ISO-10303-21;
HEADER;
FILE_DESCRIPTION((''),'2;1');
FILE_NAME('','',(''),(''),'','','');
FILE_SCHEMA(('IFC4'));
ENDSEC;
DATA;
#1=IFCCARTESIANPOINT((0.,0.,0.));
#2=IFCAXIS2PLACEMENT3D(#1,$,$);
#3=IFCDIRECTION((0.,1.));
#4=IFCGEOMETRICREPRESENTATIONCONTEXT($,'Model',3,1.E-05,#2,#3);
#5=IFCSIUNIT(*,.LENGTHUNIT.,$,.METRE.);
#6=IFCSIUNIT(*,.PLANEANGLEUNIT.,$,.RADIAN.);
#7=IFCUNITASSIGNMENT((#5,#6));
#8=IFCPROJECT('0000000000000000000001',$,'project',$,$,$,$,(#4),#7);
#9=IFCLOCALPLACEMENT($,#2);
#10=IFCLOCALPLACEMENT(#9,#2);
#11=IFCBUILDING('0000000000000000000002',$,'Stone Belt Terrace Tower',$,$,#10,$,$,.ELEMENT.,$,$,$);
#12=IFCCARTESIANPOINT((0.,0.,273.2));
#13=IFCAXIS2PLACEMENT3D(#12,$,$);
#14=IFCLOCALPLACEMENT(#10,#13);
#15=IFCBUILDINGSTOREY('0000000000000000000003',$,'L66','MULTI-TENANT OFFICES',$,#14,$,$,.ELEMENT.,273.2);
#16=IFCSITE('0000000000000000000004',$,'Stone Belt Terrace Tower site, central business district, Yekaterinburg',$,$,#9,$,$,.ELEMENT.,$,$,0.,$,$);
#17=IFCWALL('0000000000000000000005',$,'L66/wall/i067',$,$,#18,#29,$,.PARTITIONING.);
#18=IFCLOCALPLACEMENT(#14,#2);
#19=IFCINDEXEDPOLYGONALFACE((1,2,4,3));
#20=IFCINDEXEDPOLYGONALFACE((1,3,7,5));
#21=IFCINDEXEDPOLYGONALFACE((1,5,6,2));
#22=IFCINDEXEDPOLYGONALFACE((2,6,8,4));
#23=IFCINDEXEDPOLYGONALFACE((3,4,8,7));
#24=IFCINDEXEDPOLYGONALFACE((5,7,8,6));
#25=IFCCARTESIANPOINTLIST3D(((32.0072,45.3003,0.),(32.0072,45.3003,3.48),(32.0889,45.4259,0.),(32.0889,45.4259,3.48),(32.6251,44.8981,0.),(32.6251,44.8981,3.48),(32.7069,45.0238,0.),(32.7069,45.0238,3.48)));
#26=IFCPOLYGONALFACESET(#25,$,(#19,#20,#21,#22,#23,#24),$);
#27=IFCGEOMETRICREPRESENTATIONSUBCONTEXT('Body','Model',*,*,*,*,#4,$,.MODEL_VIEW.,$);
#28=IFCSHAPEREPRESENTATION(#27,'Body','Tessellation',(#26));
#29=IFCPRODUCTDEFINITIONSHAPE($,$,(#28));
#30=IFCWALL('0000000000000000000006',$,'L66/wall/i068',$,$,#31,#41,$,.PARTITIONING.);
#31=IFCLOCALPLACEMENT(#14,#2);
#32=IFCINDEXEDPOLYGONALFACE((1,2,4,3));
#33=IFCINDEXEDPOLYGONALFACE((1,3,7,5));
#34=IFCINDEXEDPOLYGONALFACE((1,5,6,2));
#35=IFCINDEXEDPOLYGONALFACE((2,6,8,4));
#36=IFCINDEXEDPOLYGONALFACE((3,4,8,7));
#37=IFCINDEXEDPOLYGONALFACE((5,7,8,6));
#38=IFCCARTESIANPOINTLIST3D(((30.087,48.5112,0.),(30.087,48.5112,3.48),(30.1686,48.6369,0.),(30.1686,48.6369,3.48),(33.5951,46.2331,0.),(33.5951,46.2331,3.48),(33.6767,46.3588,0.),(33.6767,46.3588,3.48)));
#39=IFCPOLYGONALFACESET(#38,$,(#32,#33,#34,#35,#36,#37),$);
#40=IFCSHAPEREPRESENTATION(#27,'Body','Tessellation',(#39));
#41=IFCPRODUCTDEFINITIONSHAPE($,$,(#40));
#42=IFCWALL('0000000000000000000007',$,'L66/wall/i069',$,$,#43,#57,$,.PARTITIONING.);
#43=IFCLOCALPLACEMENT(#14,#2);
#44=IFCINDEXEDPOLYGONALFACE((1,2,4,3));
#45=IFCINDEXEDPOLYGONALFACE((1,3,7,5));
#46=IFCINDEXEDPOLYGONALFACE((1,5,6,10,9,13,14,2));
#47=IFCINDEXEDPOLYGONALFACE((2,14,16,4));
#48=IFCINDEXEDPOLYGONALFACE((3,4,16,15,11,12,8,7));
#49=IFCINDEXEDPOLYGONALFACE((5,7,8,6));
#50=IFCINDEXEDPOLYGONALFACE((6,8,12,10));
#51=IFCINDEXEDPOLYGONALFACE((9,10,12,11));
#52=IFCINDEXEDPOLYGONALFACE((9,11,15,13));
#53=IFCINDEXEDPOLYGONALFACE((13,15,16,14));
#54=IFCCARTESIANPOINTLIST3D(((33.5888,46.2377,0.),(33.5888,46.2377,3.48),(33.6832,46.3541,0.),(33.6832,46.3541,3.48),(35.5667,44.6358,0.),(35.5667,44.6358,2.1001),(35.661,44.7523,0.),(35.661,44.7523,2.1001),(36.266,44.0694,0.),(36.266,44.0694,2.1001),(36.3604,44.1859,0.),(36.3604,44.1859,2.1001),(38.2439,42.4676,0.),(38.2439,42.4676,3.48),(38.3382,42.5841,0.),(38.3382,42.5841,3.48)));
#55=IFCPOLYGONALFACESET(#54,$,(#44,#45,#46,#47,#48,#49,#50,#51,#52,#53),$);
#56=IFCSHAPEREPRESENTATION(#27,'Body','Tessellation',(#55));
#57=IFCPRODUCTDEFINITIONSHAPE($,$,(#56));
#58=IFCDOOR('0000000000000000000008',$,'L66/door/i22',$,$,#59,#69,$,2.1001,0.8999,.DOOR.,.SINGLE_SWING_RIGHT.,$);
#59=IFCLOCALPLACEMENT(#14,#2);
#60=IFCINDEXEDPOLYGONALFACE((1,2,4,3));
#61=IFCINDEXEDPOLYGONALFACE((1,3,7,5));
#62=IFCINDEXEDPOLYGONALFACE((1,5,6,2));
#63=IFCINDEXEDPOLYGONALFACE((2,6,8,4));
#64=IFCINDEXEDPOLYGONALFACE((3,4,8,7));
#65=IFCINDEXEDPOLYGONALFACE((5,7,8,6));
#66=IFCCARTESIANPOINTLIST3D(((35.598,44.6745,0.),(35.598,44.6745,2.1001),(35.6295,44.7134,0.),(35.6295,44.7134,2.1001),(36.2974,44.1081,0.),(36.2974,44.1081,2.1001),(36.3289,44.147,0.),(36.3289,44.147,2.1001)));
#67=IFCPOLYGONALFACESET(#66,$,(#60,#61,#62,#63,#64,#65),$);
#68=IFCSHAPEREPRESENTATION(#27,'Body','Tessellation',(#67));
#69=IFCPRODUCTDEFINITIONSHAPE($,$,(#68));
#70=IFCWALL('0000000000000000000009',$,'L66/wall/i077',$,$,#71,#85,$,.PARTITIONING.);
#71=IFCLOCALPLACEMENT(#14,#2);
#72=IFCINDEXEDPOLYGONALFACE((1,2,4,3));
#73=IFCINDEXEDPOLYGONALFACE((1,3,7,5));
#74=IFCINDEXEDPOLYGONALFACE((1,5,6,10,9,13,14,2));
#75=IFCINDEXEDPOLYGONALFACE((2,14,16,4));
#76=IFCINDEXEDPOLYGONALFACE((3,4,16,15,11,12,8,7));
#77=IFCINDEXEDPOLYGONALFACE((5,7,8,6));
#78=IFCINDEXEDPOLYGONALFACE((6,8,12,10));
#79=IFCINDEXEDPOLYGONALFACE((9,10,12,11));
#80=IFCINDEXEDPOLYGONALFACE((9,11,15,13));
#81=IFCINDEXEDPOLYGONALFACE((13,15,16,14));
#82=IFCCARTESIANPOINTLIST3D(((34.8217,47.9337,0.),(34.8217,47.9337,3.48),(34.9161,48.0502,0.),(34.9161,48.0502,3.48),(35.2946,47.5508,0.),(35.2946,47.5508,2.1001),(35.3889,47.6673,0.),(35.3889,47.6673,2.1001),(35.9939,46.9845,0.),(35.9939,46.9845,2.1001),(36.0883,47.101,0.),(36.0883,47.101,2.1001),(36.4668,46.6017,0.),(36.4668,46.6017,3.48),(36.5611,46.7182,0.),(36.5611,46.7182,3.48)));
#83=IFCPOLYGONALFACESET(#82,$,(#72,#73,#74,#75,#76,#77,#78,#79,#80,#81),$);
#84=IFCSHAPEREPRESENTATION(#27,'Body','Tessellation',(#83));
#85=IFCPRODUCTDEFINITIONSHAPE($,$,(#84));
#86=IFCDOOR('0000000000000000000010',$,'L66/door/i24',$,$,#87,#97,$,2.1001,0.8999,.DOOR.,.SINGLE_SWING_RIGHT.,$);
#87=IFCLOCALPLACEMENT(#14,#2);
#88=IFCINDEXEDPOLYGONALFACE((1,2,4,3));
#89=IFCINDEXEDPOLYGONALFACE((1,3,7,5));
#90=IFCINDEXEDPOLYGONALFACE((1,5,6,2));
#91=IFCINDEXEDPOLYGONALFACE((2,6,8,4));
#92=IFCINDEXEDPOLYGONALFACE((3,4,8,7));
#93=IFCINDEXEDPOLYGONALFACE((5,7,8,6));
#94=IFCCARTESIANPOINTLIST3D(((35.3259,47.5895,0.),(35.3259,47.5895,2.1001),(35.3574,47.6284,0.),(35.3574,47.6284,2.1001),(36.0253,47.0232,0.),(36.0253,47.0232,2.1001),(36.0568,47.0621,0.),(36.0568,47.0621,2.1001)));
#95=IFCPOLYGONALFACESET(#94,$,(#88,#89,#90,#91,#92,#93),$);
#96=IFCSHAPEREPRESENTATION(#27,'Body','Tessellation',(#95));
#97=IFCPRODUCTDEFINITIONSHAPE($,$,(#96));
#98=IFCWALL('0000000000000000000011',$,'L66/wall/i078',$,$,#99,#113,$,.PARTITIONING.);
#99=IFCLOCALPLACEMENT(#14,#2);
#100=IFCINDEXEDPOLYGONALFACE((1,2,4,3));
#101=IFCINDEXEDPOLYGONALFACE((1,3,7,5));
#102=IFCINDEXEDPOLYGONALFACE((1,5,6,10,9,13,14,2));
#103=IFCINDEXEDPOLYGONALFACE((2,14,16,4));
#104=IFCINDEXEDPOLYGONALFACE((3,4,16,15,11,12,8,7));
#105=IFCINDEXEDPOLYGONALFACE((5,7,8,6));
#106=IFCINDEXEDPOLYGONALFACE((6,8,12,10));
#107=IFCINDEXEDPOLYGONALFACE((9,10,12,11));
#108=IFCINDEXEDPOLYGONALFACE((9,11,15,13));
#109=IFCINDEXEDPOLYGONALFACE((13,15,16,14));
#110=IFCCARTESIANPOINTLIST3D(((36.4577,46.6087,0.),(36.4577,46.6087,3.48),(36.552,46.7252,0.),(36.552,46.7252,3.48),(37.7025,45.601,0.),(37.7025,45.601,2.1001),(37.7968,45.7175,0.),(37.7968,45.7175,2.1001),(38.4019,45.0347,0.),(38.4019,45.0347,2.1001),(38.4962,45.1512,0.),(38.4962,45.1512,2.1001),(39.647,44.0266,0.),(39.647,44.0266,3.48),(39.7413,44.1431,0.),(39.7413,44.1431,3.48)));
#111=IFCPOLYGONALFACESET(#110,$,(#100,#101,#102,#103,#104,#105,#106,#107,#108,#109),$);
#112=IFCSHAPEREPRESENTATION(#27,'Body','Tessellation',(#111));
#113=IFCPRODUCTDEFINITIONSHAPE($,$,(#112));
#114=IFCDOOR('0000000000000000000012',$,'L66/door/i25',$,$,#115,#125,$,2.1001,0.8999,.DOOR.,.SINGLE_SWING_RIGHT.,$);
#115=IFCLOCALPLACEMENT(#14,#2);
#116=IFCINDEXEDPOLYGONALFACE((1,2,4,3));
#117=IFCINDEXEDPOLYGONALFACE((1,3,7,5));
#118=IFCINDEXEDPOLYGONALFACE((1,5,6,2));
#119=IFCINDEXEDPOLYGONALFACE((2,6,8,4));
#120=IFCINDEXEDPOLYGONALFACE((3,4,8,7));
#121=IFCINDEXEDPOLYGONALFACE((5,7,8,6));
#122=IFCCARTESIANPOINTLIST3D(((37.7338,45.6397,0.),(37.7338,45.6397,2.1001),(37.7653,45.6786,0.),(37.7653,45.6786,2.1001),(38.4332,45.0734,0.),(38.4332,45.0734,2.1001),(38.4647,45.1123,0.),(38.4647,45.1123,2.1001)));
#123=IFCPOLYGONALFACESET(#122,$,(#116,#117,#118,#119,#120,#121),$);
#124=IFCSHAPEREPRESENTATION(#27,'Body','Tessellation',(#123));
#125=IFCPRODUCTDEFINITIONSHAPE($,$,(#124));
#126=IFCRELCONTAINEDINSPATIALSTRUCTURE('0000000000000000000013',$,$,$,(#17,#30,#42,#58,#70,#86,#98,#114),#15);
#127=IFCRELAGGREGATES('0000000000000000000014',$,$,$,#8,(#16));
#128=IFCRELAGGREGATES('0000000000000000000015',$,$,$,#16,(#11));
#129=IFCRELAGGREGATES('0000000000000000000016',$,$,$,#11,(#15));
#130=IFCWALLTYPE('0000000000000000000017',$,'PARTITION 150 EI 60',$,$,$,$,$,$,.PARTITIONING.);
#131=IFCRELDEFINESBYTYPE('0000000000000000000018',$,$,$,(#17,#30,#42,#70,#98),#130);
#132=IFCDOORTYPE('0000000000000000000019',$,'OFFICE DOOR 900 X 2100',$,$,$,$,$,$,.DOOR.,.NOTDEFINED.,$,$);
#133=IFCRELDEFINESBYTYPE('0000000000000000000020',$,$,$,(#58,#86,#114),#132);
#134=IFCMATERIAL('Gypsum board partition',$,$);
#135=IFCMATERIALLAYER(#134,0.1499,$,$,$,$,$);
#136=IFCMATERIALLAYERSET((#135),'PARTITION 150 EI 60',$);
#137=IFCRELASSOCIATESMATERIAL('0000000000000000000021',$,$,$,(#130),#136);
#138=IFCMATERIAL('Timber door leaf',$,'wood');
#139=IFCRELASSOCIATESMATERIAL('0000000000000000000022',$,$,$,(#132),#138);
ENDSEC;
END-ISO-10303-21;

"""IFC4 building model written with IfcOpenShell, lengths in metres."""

from ifc_helpers import new_model, si_unit, direction, frame, frame_2d, origin, place, context, subcontext, project, spatial, rectangle, extrude, material, layer, layer_set, type_object, element, fill, save


model = new_model("IFC4")

# Units and contexts
model_context = context("Model", 3, precision=1e-05, world=origin(), true_north=direction((0.0, 1.0)))
body_context = subcontext(model_context, "Body", "Model", "MODEL_VIEW")
ifc_project = project(units=[si_unit("LENGTHUNIT", "METRE"), si_unit("PLANEANGLEUNIT", "RADIAN")], contexts=[model_context])

# Site, building, storey
site_placement = place(None, origin())
site = spatial("IfcSite", under=ifc_project, at=site_placement, Name="Stone Belt Terrace Tower site, central business district, Yekaterinburg", CompositionType="ELEMENT", RefElevation=0.0)
building_placement = place(site_placement, origin())
building = spatial("IfcBuilding", under=site, at=building_placement, Name="Stone Belt Terrace Tower", CompositionType="ELEMENT")
storey_placement = place(building_placement, frame((0.0, 0.0, 273.2)))
storey = spatial("IfcBuildingStorey", under=building, at=storey_placement, Name="L66", Description="MULTI-TENANT OFFICES", CompositionType="ELEMENT", Elevation=273.2)

# Walls
ifc_material_1 = material(Name="Gypsum board partition")
ifc_layer_1 = layer(ifc_material_1, 0.1499)
ifc_layer_set_1 = layer_set([ifc_layer_1], Name="PARTITION 150 EI 60")
wall_type_1 = type_object("IfcWallType", Name="PARTITION 150 EI 60", PredefinedType="PARTITIONING", material=ifc_layer_set_1)
wall_1_placement = place(storey_placement, frame((32.666, 44.9609, 0.0), z_axis=(0.0, 0.0, 1.0), x_axis=(-0.838164, 0.545419, 0.0)))
element("IfcWall", 1, at=wall_1_placement, inside=storey, type_object=wall_type_1, Name="L66/wall/i067", PredefinedType="PARTITIONING", context=body_context, shape_type="SweptSolid", body=[
    extrude(rectangle(XDim=0.7373, YDim=0.1499, at=frame_2d((0.3687, 0.0))), origin(), (0.0, 0.0, 1.0), 3.48),
])
wall_2_placement = place(storey_placement, frame((30.1279, 48.574, 0.0), z_axis=(0.0, 0.0, 1.0), x_axis=(0.83868, -0.544625, 0.0)))
element("IfcWall", 2, at=wall_2_placement, inside=storey, type_object=wall_type_1, Name="L66/wall/i068", PredefinedType="PARTITIONING", context=body_context, shape_type="SweptSolid", body=[
    extrude(rectangle(XDim=4.1829, YDim=0.1499, at=frame_2d((2.0913, 0.0))), origin(), (0.0, 0.0, 1.0), 3.48),
])

# Walls, openings, doors
wall_3_placement = place(storey_placement, frame((33.636, 46.2959, 0.0), z_axis=(0.0, 0.0, 1.0), x_axis=(0.777109, -0.629366, 0.0)))
wall_3 = element("IfcWall", 3, at=wall_3_placement, inside=storey, type_object=wall_type_1, Name="L66/wall/i069", PredefinedType="PARTITIONING", context=body_context, shape_type="SweptSolid", body=[
    extrude(rectangle(XDim=5.9902, YDim=0.1499, at=frame_2d((2.9951, 0.0))), origin(), (0.0, 0.0, 1.0), 3.48),
])
opening_1_placement = place(wall_3_placement, frame((2.5452, 0.0, 0.0)))
opening_1 = element("IfcOpeningElement", 4, at=opening_1_placement, cuts=wall_3, PredefinedType="OPENING", context=body_context, shape_type="SweptSolid", body=[
    extrude(rectangle(XDim=0.8999, YDim=2.1001, at=frame_2d((0.45, 1.05))), frame((0.0, 0.085, 0.0), z_axis=(0.0, -1.0, 0.0), x_axis=(1.0, 0.0, 0.0)), (0.0, 0.0, 1.0), 0.1699),
])
ifc_material_2 = material(Name="Timber door leaf", Category="wood")
door_type = type_object("IfcDoorType", Name="OFFICE DOOR 900 X 2100", OperationType="NOTDEFINED", PredefinedType="DOOR", material=ifc_material_2)
door_1_placement = place(opening_1_placement, origin())
door_1 = element("IfcDoor", 5, at=door_1_placement, inside=storey, type_object=door_type, Name="L66/door/i22", OperationType="SINGLE_SWING_RIGHT", OverallHeight=2.1001, OverallWidth=0.8999, PredefinedType="DOOR", context=body_context, shape_type="SweptSolid", body=[
    extrude(rectangle(XDim=0.8999, YDim=2.1001, at=frame_2d((0.45, 1.05))), frame((0.0, 0.0249, 0.0), z_axis=(0.0, -1.0, 0.0), x_axis=(1.0, 0.0, 0.0)), (0.0, 0.0, 1.0), 0.05),
])
fill(opening_1, door_1)
wall_4_placement = place(storey_placement, frame((34.8689, 47.9919, 0.0), z_axis=(0.0, 0.0, 1.0), x_axis=(0.777164, -0.629298, 0.0)))
wall_4 = element("IfcWall", 6, at=wall_4_placement, inside=storey, type_object=wall_type_1, Name="L66/wall/i077", PredefinedType="PARTITIONING", context=body_context, shape_type="SweptSolid", body=[
    extrude(rectangle(XDim=2.1167, YDim=0.1499, at=frame_2d((1.0583, 0.0))), origin(), (0.0, 0.0, 1.0), 3.48),
])
opening_2_placement = place(wall_4_placement, frame((0.6084, 0.0, 0.0)))
opening_2 = element("IfcOpeningElement", 7, at=opening_2_placement, cuts=wall_4, PredefinedType="OPENING", context=body_context, shape_type="SweptSolid", body=[
    extrude(rectangle(XDim=0.8999, YDim=2.1001, at=frame_2d((0.45, 1.05))), frame((0.0, 0.085, 0.0), z_axis=(0.0, -1.0, 0.0), x_axis=(1.0, 0.0, 0.0)), (0.0, 0.0, 1.0), 0.1699),
])
door_2_placement = place(opening_2_placement, origin())
door_2 = element("IfcDoor", 8, at=door_2_placement, inside=storey, type_object=door_type, Name="L66/door/i24", OperationType="SINGLE_SWING_RIGHT", OverallHeight=2.1001, OverallWidth=0.8999, PredefinedType="DOOR", context=body_context, shape_type="SweptSolid", body=[
    extrude(rectangle(XDim=0.8999, YDim=2.1001, at=frame_2d((0.45, 1.05))), frame((0.0, 0.0249, 0.0), z_axis=(0.0, -1.0, 0.0), x_axis=(1.0, 0.0, 0.0)), (0.0, 0.0, 1.0), 0.05),
])
fill(opening_2, door_2)
wall_5_placement = place(storey_placement, frame((36.5049, 46.667, 0.0), z_axis=(0.0, 0.0, 1.0), x_axis=(0.77721, -0.629241, 0.0)))
wall_5 = element("IfcWall", 9, at=wall_5_placement, inside=storey, type_object=wall_type_1, Name="L66/wall/i078", PredefinedType="PARTITIONING", context=body_context, shape_type="SweptSolid", body=[
    extrude(rectangle(XDim=4.1035, YDim=0.1499, at=frame_2d((2.0518, 0.0))), origin(), (0.0, 0.0, 1.0), 3.48),
])
opening_3_placement = place(wall_5_placement, frame((1.6016, 0.0, 0.0)))
opening_3 = element("IfcOpeningElement", 10, at=opening_3_placement, cuts=wall_5, PredefinedType="OPENING", context=body_context, shape_type="SweptSolid", body=[
    extrude(rectangle(XDim=0.8999, YDim=2.1001, at=frame_2d((0.45, 1.05))), frame((0.0, 0.085, 0.0), z_axis=(0.0, -1.0, 0.0), x_axis=(1.0, 0.0, 0.0)), (0.0, 0.0, 1.0), 0.1699),
])
door_3_placement = place(opening_3_placement, origin())
door_3 = element("IfcDoor", 11, at=door_3_placement, inside=storey, type_object=door_type, Name="L66/door/i25", OperationType="SINGLE_SWING_RIGHT", OverallHeight=2.1001, OverallWidth=0.8999, PredefinedType="DOOR", context=body_context, shape_type="SweptSolid", body=[
    extrude(rectangle(XDim=0.8999, YDim=2.1001, at=frame_2d((0.45, 1.05))), frame((0.0, 0.0249, 0.0), z_axis=(0.0, -1.0, 0.0), x_axis=(1.0, 0.0, 0.0)), (0.0, 0.0, 1.0), 0.05),
])
fill(opening_3, door_3)

save(model, "model.ifc")
